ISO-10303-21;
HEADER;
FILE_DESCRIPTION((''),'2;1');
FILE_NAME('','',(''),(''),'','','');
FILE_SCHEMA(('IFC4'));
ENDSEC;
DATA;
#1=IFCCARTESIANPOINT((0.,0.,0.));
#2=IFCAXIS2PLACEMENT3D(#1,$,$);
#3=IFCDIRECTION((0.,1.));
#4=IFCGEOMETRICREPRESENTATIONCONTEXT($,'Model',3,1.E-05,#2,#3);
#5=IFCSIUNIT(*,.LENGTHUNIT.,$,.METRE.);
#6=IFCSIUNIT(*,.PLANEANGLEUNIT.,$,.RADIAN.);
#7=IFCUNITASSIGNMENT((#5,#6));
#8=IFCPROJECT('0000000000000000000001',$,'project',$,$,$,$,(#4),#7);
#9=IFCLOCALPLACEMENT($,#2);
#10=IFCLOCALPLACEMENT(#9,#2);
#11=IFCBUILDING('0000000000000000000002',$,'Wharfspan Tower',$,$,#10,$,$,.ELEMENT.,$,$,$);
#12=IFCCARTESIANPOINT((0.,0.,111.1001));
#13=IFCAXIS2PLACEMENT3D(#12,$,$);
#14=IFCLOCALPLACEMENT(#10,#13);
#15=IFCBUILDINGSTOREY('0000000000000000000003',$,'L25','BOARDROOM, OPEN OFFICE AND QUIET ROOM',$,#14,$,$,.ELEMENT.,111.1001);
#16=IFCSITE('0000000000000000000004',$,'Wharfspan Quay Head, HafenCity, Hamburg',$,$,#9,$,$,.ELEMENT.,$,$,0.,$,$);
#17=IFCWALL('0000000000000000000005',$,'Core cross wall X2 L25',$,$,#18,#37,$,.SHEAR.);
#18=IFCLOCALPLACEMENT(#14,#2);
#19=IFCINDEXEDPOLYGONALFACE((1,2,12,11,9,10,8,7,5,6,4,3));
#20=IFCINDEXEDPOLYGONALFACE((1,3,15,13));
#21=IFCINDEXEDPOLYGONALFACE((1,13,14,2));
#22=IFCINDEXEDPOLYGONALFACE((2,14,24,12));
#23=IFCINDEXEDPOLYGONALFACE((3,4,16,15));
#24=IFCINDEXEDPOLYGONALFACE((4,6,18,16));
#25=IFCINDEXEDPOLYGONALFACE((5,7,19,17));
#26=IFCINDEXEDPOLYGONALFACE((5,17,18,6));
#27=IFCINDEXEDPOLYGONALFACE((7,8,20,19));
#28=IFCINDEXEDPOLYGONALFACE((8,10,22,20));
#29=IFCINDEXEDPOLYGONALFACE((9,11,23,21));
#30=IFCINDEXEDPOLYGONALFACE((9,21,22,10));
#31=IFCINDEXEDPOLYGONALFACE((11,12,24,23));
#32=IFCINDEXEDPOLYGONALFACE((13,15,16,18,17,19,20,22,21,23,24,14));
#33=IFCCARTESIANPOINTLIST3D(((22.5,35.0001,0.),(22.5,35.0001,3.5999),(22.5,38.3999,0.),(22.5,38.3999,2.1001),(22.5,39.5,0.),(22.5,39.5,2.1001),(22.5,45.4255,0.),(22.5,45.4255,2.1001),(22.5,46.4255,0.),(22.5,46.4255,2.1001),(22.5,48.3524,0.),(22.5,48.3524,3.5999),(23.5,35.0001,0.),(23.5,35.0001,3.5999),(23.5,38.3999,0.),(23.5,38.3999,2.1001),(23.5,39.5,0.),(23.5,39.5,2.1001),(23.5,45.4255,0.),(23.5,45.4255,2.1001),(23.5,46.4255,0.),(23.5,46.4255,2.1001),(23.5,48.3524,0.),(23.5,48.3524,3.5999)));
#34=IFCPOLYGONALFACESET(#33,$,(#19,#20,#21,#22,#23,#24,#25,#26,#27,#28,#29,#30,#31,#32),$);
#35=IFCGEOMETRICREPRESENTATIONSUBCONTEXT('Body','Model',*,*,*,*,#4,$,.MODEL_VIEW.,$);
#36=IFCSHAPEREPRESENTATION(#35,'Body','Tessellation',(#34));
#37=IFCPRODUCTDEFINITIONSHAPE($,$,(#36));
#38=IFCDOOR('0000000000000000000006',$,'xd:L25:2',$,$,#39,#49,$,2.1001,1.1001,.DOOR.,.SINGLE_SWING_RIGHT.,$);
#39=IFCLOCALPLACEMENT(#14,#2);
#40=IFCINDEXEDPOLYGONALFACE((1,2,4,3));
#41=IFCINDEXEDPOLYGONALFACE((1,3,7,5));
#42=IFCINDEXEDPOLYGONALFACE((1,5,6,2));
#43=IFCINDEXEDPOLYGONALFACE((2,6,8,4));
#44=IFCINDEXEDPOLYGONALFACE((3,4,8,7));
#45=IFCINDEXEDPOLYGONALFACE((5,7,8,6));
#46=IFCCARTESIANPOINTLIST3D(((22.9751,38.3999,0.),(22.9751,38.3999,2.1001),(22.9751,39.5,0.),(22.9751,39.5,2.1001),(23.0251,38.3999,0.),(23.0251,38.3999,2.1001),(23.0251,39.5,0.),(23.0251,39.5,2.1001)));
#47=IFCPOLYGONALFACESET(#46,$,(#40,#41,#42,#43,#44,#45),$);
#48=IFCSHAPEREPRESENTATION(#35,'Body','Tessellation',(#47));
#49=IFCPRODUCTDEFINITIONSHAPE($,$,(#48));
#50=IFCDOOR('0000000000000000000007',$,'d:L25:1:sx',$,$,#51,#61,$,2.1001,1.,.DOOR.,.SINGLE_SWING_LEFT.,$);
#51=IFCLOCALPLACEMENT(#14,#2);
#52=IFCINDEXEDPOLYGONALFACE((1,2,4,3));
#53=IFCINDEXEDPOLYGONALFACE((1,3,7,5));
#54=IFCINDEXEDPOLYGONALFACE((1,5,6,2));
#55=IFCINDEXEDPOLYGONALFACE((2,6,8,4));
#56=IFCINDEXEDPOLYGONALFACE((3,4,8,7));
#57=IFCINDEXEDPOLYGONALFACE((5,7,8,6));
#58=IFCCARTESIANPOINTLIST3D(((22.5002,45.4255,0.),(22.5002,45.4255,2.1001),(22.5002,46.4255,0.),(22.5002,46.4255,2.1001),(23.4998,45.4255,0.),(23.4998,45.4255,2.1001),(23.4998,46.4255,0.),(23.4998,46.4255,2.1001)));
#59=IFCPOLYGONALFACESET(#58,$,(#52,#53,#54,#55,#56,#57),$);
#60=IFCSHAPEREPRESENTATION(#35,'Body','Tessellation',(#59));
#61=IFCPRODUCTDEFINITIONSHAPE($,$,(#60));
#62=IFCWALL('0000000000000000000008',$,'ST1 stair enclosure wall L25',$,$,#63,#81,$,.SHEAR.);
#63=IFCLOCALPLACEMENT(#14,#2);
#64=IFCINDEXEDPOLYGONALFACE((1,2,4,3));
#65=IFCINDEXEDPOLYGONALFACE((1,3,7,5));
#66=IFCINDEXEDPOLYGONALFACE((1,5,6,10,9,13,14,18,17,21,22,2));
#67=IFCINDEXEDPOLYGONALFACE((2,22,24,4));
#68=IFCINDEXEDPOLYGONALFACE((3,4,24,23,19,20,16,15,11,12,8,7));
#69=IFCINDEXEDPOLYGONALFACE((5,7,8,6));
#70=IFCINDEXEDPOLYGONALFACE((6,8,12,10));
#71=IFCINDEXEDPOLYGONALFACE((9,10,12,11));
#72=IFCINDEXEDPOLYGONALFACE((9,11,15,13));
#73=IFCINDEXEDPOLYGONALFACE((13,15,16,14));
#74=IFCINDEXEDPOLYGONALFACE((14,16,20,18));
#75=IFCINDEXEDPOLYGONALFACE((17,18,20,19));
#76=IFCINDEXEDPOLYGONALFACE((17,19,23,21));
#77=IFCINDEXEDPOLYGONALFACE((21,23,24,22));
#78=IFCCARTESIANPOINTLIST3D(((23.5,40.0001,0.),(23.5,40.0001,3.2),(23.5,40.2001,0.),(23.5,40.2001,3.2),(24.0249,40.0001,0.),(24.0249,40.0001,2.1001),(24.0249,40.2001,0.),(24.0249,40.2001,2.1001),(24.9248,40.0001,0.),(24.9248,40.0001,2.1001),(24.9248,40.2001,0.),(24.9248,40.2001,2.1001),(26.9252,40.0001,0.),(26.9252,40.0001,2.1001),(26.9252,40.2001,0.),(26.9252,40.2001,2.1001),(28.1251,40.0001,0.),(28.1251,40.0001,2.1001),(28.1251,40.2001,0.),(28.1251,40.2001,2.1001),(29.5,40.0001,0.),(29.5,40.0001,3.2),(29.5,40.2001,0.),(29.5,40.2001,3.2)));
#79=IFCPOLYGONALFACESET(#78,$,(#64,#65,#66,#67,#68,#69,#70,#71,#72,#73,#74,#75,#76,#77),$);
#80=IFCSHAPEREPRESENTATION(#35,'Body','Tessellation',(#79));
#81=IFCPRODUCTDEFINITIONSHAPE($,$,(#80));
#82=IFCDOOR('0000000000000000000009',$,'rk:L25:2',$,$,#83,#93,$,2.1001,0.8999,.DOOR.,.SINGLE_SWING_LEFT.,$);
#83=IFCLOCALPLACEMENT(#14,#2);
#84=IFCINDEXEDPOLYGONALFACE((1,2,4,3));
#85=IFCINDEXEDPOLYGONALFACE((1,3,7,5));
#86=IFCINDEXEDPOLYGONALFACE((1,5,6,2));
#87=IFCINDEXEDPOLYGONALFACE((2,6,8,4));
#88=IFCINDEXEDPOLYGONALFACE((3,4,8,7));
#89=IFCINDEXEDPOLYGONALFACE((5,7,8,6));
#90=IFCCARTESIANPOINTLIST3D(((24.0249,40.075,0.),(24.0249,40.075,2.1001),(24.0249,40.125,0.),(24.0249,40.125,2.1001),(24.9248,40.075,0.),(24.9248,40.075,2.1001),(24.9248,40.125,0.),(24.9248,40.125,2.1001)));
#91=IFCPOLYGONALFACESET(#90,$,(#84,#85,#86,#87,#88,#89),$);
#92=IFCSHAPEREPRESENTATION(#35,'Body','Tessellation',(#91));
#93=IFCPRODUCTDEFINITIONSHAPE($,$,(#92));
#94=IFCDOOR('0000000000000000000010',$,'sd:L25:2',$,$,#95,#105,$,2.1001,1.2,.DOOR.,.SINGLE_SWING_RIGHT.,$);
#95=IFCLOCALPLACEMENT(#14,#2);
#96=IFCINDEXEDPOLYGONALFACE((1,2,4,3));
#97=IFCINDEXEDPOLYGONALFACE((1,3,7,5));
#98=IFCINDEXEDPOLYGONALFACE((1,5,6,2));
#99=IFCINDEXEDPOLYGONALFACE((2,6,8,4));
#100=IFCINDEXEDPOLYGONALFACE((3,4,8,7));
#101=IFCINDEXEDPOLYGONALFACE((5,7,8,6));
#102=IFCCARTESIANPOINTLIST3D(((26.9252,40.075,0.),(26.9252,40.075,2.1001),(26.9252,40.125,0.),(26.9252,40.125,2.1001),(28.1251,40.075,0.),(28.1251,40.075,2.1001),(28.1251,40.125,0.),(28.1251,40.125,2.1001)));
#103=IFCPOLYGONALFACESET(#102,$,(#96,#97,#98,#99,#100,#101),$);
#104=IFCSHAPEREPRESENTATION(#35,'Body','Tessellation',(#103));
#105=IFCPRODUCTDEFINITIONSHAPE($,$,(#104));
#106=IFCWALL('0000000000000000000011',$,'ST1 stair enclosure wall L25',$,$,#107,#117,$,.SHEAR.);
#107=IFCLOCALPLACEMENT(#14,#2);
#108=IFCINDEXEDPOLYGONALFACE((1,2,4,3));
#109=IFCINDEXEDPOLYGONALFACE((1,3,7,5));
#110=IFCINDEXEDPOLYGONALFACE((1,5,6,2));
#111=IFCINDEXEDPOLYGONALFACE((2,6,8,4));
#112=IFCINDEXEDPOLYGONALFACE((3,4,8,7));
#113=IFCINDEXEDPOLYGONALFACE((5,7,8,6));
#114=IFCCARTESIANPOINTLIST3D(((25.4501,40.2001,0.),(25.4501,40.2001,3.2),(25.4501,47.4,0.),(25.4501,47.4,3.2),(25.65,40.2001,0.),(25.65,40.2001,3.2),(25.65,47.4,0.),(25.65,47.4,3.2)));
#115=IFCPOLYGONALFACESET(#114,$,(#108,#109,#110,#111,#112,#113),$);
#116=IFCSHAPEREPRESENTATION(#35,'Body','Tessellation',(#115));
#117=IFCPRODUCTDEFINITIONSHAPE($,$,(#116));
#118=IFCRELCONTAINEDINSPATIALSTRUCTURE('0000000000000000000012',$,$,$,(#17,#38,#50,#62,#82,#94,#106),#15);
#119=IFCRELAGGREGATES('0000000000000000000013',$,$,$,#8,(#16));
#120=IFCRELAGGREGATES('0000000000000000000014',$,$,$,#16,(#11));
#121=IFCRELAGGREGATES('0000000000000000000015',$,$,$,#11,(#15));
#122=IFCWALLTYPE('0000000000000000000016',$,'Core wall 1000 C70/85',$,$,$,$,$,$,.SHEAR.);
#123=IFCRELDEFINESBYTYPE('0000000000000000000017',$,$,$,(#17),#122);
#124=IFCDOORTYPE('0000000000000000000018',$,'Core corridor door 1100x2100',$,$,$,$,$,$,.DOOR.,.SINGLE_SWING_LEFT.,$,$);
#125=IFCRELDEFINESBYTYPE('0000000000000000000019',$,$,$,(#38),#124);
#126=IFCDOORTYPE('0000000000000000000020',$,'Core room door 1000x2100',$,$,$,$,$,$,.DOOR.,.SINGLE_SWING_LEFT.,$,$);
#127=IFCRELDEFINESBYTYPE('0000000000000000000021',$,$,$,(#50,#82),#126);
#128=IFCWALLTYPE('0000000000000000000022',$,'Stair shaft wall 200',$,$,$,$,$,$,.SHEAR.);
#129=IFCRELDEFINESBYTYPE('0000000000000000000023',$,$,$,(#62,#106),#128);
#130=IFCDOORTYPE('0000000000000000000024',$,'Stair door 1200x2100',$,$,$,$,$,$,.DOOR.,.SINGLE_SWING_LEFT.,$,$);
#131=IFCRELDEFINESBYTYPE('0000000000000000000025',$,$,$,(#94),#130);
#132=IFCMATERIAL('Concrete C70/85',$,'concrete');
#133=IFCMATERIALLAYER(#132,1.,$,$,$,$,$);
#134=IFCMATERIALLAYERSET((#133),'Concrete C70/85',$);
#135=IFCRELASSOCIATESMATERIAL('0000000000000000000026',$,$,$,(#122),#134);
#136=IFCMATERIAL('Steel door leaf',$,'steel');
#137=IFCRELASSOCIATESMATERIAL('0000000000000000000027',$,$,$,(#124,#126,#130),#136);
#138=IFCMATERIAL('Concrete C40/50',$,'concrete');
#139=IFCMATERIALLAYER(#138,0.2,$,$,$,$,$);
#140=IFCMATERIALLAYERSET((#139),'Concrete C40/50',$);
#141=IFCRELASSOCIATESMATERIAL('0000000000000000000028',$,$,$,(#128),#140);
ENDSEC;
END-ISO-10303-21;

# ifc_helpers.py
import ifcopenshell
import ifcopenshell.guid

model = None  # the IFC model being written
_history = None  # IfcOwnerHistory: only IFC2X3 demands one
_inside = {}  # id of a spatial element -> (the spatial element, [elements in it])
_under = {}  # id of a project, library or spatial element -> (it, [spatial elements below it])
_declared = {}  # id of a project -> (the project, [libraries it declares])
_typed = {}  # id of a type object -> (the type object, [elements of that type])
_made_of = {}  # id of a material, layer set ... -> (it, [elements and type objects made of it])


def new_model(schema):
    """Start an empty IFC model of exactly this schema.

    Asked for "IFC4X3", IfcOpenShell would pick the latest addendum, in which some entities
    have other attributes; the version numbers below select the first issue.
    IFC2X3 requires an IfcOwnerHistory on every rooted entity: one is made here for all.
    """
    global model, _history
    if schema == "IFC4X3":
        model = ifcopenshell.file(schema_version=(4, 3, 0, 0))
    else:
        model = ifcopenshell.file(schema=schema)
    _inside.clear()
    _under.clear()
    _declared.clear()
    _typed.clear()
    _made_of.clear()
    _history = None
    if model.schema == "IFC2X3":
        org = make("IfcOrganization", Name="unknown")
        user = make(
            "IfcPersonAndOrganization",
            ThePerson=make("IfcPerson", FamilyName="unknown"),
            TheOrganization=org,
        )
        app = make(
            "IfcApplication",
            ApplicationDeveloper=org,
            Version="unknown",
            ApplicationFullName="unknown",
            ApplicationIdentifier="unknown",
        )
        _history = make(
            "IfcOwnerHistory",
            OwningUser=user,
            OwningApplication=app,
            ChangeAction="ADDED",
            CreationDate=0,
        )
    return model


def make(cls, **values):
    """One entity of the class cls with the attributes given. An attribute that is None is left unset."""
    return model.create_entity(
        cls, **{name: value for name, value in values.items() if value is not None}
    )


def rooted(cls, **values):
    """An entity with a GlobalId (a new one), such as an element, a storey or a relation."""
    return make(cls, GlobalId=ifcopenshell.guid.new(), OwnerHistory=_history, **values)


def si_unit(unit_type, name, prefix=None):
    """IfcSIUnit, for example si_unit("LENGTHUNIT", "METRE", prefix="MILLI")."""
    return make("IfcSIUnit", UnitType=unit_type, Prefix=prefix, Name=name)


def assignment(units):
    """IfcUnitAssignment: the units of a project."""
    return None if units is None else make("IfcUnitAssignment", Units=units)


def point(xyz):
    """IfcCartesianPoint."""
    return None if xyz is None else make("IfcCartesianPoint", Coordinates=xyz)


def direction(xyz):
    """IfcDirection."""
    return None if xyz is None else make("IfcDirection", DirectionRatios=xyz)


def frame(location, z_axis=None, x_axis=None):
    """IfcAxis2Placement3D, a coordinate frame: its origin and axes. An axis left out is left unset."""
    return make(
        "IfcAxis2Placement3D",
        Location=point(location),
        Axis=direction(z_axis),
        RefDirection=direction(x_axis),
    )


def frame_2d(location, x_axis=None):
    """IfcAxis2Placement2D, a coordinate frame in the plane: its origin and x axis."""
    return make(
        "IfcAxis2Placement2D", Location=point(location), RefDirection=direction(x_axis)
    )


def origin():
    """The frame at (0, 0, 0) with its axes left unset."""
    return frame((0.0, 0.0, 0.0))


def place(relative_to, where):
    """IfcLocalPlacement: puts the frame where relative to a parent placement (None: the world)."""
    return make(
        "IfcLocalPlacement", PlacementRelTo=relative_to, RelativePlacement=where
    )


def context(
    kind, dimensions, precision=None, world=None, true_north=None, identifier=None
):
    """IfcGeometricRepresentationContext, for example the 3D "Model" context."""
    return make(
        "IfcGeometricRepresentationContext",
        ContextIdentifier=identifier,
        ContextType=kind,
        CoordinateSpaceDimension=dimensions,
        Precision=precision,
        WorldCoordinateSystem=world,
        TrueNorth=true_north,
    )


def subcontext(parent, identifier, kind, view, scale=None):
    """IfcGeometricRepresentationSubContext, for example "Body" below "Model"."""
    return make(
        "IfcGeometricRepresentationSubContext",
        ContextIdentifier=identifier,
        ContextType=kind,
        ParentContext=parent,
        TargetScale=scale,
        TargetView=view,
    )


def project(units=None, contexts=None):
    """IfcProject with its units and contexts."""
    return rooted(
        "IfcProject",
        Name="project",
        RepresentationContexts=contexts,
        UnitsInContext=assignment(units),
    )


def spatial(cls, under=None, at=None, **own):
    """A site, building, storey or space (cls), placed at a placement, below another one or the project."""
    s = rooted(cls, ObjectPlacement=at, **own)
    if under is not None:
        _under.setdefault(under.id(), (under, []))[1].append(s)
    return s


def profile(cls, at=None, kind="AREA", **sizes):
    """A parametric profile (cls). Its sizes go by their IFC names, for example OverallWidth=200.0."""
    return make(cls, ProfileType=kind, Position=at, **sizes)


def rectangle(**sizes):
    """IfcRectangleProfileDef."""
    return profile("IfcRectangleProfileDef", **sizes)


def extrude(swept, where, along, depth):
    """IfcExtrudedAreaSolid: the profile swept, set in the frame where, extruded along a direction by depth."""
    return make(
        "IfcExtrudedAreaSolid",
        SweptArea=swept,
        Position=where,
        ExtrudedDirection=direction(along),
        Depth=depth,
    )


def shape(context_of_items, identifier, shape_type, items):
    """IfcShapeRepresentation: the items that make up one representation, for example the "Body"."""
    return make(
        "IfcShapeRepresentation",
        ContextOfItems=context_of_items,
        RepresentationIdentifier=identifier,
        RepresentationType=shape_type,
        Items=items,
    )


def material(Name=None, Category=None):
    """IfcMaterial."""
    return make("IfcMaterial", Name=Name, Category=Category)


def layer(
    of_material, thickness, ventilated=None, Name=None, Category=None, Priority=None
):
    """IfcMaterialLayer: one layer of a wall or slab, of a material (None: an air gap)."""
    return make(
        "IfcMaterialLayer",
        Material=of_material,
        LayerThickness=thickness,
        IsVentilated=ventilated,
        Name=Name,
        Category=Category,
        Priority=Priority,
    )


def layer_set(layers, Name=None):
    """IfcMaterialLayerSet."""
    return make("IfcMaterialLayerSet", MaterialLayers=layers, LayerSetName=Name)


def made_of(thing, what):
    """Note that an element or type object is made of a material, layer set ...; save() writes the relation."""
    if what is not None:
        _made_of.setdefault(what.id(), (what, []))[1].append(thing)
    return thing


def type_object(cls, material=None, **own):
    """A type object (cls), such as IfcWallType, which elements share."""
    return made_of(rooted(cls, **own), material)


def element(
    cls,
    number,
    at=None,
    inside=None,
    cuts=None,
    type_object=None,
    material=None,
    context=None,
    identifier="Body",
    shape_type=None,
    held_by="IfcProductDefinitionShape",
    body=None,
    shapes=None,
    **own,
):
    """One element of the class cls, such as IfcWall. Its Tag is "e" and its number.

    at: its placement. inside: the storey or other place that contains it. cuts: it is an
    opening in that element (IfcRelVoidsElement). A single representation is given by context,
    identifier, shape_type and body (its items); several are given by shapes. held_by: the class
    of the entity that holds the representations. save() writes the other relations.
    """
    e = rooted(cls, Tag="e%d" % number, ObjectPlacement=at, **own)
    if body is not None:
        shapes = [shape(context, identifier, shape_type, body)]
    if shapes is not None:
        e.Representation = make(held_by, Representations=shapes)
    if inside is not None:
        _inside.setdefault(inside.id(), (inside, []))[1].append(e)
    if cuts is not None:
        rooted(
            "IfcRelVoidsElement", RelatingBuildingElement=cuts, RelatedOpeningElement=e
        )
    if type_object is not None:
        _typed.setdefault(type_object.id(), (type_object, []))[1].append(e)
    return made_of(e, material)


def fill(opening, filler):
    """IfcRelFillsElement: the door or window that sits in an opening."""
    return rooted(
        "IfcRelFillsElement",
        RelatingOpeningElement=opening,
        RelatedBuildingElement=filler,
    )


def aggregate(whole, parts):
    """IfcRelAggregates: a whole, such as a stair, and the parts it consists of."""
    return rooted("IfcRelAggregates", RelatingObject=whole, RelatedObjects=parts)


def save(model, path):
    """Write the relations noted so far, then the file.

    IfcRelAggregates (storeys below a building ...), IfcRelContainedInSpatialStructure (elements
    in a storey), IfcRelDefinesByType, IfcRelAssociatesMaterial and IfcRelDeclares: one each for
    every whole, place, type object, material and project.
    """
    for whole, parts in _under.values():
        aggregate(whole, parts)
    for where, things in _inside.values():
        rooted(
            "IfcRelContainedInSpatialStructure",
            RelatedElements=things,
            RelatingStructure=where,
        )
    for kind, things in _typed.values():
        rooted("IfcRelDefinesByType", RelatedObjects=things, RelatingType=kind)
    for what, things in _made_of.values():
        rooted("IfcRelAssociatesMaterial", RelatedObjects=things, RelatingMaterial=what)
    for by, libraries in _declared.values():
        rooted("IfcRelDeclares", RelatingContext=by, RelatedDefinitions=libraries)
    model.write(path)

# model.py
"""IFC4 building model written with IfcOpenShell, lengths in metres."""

from ifc_helpers import new_model, si_unit, direction, frame, frame_2d, origin, place, context, subcontext, project, spatial, rectangle, extrude, material, layer, layer_set, type_object, element, fill, save


model = new_model("IFC4")

# Units and contexts
model_context = context("Model", 3, precision=1e-05, world=origin(), true_north=direction((0.0, 1.0)))
body_context = subcontext(model_context, "Body", "Model", "MODEL_VIEW")
ifc_project = project(units=[si_unit("LENGTHUNIT", "METRE"), si_unit("PLANEANGLEUNIT", "RADIAN")], contexts=[model_context])

# Site, building, storey
site_placement = place(None, origin())
site = spatial("IfcSite", under=ifc_project, at=site_placement, Name="Wharfspan Quay Head, HafenCity, Hamburg", CompositionType="ELEMENT", RefElevation=0.0)
building_placement = place(site_placement, origin())
building = spatial("IfcBuilding", under=site, at=building_placement, Name="Wharfspan Tower", CompositionType="ELEMENT")
storey_placement = place(building_placement, frame((0.0, 0.0, 111.1001)))
storey = spatial("IfcBuildingStorey", under=building, at=storey_placement, Name="L25", Description="BOARDROOM, OPEN OFFICE AND QUIET ROOM", CompositionType="ELEMENT", Elevation=111.1001)

# Walls, openings, doors
ifc_material_1 = material(Name="Concrete C70/85", Category="concrete")
ifc_layer_1 = layer(ifc_material_1, 1.0)
ifc_layer_set_1 = layer_set([ifc_layer_1], Name="Concrete C70/85")
wall_type_1 = type_object("IfcWallType", Name="Core wall 1000 C70/85", PredefinedType="SHEAR", material=ifc_layer_set_1)
wall_1_placement = place(storey_placement, frame((23.0, 35.0, 0.0), z_axis=(0.0, 0.0, 1.0), x_axis=(0.0, 1.0, 0.0)))
wall_1 = element("IfcWall", 1, at=wall_1_placement, inside=storey, type_object=wall_type_1, Name="Core cross wall X2 L25", PredefinedType="SHEAR", context=body_context, shape_type="SweptSolid", body=[
    extrude(rectangle(XDim=13.3523, YDim=1.0, at=frame_2d((6.6763, 0.0))), origin(), (0.0, 0.0, 1.0), 3.5999),
])
opening_1_placement = place(wall_1_placement, frame((10.4255, 0.0, 0.0)))
opening_1 = element("IfcOpeningElement", 2, at=opening_1_placement, cuts=wall_1, PredefinedType="OPENING", context=body_context, shape_type="SweptSolid", body=[
    extrude(rectangle(XDim=1.0, YDim=2.1001, at=frame_2d((0.5, 1.05))), frame((0.0, 0.51, 0.0), z_axis=(0.0, -1.0, 0.0), x_axis=(1.0, 0.0, 0.0)), (0.0, 0.0, 1.0), 1.02),
])
opening_2_placement = place(wall_1_placement, frame((3.3999, 0.0, 0.0)))
opening_2 = element("IfcOpeningElement", 3, at=opening_2_placement, cuts=wall_1, PredefinedType="OPENING", context=body_context, shape_type="SweptSolid", body=[
    extrude(rectangle(XDim=1.1001, YDim=2.1001, at=frame_2d((0.55, 1.05))), frame((0.0, 0.51, 0.0), z_axis=(0.0, -1.0, 0.0), x_axis=(1.0, 0.0, 0.0)), (0.0, 0.0, 1.0), 1.02),
])
ifc_material_2 = material(Name="Steel door leaf", Category="steel")
door_type_1 = type_object("IfcDoorType", Name="Core corridor door 1100x2100", OperationType="SINGLE_SWING_LEFT", PredefinedType="DOOR", material=ifc_material_2)
door_1_placement = place(opening_2_placement, origin())
door_1 = element("IfcDoor", 4, at=door_1_placement, inside=storey, type_object=door_type_1, Name="xd:L25:2", OperationType="SINGLE_SWING_RIGHT", OverallHeight=2.1001, OverallWidth=1.1001, PredefinedType="DOOR", context=body_context, shape_type="SweptSolid", body=[
    extrude(rectangle(XDim=1.1001, YDim=2.1001, at=frame_2d((0.55, 1.05))), frame((0.0, 0.0249, 0.0), z_axis=(0.0, -1.0, 0.0), x_axis=(1.0, 0.0, 0.0)), (0.0, 0.0, 1.0), 0.05),
])
fill(opening_2, door_1)
door_type_2 = type_object("IfcDoorType", Name="Core room door 1000x2100", OperationType="SINGLE_SWING_LEFT", PredefinedType="DOOR", material=ifc_material_2)
door_2_placement = place(opening_1_placement, origin())
door_2 = element("IfcDoor", 5, at=door_2_placement, inside=storey, type_object=door_type_2, Name="d:L25:1:sx", OperationType="SINGLE_SWING_LEFT", OverallHeight=2.1001, OverallWidth=1.0, PredefinedType="DOOR", context=body_context, shape_type="SweptSolid", body=[
    extrude(rectangle(XDim=1.0, YDim=2.1001, at=frame_2d((0.5, 1.05))), frame((0.0, 0.4998, 0.0), z_axis=(0.0, -1.0, 0.0), x_axis=(1.0, 0.0, 0.0)), (0.0, 0.0, 1.0), 0.9995),
])
fill(opening_1, door_2)
ifc_material_3 = material(Name="Concrete C40/50", Category="concrete")
ifc_layer_2 = layer(ifc_material_3, 0.2)
ifc_layer_set_2 = layer_set([ifc_layer_2], Name="Concrete C40/50")
wall_type_2 = type_object("IfcWallType", Name="Stair shaft wall 200", PredefinedType="SHEAR", material=ifc_layer_set_2)
wall_2_placement = place(storey_placement, frame((23.5, 40.1001, 0.0), z_axis=(0.0, 0.0, 1.0), x_axis=(1.0, 0.0, 0.0)))
wall_2 = element("IfcWall", 6, at=wall_2_placement, inside=storey, type_object=wall_type_2, Name="ST1 stair enclosure wall L25", PredefinedType="SHEAR", context=body_context, shape_type="SweptSolid", body=[
    extrude(rectangle(XDim=6.0, YDim=0.2, at=frame_2d((3.0, 0.0))), origin(), (0.0, 0.0, 1.0), 3.2),
])
opening_3_placement = place(wall_2_placement, frame((3.425, 0.0, 0.0)))
opening_3 = element("IfcOpeningElement", 7, at=opening_3_placement, cuts=wall_2, PredefinedType="OPENING", context=body_context, shape_type="SweptSolid", body=[
    extrude(rectangle(XDim=1.2, YDim=2.1001, at=frame_2d((0.6001, 1.05))), frame((0.0, 0.1099, 0.0), z_axis=(0.0, -1.0, 0.0), x_axis=(1.0, 0.0, 0.0)), (0.0, 0.0, 1.0), 0.22),
])
opening_4_placement = place(wall_2_placement, frame((0.5249, 0.0, 0.0)))
opening_4 = element("IfcOpeningElement", 8, at=opening_4_placement, cuts=wall_2, PredefinedType="OPENING", context=body_context, shape_type="SweptSolid", body=[
    extrude(rectangle(XDim=0.8999, YDim=2.1001, at=frame_2d((0.45, 1.05))), frame((0.0, 0.1099, 0.0), z_axis=(0.0, -1.0, 0.0), x_axis=(1.0, 0.0, 0.0)), (0.0, 0.0, 1.0), 0.22),
])
door_3_placement = place(opening_4_placement, origin())
door_3 = element("IfcDoor", 9, at=door_3_placement, inside=storey, type_object=door_type_2, Name="rk:L25:2", OperationType="SINGLE_SWING_LEFT", OverallHeight=2.1001, OverallWidth=0.8999, PredefinedType="DOOR", context=body_context, shape_type="SweptSolid", body=[
    extrude(rectangle(XDim=0.8999, YDim=2.1001, at=frame_2d((0.45, 1.05))), frame((0.0, 0.0249, 0.0), z_axis=(0.0, -1.0, 0.0), x_axis=(1.0, 0.0, 0.0)), (0.0, 0.0, 1.0), 0.05),
])
fill(opening_4, door_3)
door_type_3 = type_object("IfcDoorType", Name="Stair door 1200x2100", OperationType="SINGLE_SWING_LEFT", PredefinedType="DOOR", material=ifc_material_2)
door_4_placement = place(opening_3_placement, origin())
door_4 = element("IfcDoor", 10, at=door_4_placement, inside=storey, type_object=door_type_3, Name="sd:L25:2", OperationType="SINGLE_SWING_RIGHT", OverallHeight=2.1001, OverallWidth=1.2, PredefinedType="DOOR", context=body_context, shape_type="SweptSolid", body=[
    extrude(rectangle(XDim=1.2, YDim=2.1001, at=frame_2d((0.6001, 1.05))), frame((0.0, 0.0249, 0.0), z_axis=(0.0, -1.0, 0.0), x_axis=(1.0, 0.0, 0.0)), (0.0, 0.0, 1.0), 0.05),
])
fill(opening_3, door_4)

# Wall
wall_3_placement = place(storey_placement, frame((25.55, 40.2, 0.0), z_axis=(0.0, 0.0, 1.0), x_axis=(0.0, 1.0, 0.0)))
element("IfcWall", 11, at=wall_3_placement, inside=storey, type_object=wall_type_2, Name="ST1 stair enclosure wall L25", PredefinedType="SHEAR", context=body_context, shape_type="SweptSolid", body=[
    extrude(rectangle(XDim=7.2, YDim=0.2, at=frame_2d((3.6001, 0.0))), origin(), (0.0, 0.0, 1.0), 3.2),
])

save(model, "model.ifc")
